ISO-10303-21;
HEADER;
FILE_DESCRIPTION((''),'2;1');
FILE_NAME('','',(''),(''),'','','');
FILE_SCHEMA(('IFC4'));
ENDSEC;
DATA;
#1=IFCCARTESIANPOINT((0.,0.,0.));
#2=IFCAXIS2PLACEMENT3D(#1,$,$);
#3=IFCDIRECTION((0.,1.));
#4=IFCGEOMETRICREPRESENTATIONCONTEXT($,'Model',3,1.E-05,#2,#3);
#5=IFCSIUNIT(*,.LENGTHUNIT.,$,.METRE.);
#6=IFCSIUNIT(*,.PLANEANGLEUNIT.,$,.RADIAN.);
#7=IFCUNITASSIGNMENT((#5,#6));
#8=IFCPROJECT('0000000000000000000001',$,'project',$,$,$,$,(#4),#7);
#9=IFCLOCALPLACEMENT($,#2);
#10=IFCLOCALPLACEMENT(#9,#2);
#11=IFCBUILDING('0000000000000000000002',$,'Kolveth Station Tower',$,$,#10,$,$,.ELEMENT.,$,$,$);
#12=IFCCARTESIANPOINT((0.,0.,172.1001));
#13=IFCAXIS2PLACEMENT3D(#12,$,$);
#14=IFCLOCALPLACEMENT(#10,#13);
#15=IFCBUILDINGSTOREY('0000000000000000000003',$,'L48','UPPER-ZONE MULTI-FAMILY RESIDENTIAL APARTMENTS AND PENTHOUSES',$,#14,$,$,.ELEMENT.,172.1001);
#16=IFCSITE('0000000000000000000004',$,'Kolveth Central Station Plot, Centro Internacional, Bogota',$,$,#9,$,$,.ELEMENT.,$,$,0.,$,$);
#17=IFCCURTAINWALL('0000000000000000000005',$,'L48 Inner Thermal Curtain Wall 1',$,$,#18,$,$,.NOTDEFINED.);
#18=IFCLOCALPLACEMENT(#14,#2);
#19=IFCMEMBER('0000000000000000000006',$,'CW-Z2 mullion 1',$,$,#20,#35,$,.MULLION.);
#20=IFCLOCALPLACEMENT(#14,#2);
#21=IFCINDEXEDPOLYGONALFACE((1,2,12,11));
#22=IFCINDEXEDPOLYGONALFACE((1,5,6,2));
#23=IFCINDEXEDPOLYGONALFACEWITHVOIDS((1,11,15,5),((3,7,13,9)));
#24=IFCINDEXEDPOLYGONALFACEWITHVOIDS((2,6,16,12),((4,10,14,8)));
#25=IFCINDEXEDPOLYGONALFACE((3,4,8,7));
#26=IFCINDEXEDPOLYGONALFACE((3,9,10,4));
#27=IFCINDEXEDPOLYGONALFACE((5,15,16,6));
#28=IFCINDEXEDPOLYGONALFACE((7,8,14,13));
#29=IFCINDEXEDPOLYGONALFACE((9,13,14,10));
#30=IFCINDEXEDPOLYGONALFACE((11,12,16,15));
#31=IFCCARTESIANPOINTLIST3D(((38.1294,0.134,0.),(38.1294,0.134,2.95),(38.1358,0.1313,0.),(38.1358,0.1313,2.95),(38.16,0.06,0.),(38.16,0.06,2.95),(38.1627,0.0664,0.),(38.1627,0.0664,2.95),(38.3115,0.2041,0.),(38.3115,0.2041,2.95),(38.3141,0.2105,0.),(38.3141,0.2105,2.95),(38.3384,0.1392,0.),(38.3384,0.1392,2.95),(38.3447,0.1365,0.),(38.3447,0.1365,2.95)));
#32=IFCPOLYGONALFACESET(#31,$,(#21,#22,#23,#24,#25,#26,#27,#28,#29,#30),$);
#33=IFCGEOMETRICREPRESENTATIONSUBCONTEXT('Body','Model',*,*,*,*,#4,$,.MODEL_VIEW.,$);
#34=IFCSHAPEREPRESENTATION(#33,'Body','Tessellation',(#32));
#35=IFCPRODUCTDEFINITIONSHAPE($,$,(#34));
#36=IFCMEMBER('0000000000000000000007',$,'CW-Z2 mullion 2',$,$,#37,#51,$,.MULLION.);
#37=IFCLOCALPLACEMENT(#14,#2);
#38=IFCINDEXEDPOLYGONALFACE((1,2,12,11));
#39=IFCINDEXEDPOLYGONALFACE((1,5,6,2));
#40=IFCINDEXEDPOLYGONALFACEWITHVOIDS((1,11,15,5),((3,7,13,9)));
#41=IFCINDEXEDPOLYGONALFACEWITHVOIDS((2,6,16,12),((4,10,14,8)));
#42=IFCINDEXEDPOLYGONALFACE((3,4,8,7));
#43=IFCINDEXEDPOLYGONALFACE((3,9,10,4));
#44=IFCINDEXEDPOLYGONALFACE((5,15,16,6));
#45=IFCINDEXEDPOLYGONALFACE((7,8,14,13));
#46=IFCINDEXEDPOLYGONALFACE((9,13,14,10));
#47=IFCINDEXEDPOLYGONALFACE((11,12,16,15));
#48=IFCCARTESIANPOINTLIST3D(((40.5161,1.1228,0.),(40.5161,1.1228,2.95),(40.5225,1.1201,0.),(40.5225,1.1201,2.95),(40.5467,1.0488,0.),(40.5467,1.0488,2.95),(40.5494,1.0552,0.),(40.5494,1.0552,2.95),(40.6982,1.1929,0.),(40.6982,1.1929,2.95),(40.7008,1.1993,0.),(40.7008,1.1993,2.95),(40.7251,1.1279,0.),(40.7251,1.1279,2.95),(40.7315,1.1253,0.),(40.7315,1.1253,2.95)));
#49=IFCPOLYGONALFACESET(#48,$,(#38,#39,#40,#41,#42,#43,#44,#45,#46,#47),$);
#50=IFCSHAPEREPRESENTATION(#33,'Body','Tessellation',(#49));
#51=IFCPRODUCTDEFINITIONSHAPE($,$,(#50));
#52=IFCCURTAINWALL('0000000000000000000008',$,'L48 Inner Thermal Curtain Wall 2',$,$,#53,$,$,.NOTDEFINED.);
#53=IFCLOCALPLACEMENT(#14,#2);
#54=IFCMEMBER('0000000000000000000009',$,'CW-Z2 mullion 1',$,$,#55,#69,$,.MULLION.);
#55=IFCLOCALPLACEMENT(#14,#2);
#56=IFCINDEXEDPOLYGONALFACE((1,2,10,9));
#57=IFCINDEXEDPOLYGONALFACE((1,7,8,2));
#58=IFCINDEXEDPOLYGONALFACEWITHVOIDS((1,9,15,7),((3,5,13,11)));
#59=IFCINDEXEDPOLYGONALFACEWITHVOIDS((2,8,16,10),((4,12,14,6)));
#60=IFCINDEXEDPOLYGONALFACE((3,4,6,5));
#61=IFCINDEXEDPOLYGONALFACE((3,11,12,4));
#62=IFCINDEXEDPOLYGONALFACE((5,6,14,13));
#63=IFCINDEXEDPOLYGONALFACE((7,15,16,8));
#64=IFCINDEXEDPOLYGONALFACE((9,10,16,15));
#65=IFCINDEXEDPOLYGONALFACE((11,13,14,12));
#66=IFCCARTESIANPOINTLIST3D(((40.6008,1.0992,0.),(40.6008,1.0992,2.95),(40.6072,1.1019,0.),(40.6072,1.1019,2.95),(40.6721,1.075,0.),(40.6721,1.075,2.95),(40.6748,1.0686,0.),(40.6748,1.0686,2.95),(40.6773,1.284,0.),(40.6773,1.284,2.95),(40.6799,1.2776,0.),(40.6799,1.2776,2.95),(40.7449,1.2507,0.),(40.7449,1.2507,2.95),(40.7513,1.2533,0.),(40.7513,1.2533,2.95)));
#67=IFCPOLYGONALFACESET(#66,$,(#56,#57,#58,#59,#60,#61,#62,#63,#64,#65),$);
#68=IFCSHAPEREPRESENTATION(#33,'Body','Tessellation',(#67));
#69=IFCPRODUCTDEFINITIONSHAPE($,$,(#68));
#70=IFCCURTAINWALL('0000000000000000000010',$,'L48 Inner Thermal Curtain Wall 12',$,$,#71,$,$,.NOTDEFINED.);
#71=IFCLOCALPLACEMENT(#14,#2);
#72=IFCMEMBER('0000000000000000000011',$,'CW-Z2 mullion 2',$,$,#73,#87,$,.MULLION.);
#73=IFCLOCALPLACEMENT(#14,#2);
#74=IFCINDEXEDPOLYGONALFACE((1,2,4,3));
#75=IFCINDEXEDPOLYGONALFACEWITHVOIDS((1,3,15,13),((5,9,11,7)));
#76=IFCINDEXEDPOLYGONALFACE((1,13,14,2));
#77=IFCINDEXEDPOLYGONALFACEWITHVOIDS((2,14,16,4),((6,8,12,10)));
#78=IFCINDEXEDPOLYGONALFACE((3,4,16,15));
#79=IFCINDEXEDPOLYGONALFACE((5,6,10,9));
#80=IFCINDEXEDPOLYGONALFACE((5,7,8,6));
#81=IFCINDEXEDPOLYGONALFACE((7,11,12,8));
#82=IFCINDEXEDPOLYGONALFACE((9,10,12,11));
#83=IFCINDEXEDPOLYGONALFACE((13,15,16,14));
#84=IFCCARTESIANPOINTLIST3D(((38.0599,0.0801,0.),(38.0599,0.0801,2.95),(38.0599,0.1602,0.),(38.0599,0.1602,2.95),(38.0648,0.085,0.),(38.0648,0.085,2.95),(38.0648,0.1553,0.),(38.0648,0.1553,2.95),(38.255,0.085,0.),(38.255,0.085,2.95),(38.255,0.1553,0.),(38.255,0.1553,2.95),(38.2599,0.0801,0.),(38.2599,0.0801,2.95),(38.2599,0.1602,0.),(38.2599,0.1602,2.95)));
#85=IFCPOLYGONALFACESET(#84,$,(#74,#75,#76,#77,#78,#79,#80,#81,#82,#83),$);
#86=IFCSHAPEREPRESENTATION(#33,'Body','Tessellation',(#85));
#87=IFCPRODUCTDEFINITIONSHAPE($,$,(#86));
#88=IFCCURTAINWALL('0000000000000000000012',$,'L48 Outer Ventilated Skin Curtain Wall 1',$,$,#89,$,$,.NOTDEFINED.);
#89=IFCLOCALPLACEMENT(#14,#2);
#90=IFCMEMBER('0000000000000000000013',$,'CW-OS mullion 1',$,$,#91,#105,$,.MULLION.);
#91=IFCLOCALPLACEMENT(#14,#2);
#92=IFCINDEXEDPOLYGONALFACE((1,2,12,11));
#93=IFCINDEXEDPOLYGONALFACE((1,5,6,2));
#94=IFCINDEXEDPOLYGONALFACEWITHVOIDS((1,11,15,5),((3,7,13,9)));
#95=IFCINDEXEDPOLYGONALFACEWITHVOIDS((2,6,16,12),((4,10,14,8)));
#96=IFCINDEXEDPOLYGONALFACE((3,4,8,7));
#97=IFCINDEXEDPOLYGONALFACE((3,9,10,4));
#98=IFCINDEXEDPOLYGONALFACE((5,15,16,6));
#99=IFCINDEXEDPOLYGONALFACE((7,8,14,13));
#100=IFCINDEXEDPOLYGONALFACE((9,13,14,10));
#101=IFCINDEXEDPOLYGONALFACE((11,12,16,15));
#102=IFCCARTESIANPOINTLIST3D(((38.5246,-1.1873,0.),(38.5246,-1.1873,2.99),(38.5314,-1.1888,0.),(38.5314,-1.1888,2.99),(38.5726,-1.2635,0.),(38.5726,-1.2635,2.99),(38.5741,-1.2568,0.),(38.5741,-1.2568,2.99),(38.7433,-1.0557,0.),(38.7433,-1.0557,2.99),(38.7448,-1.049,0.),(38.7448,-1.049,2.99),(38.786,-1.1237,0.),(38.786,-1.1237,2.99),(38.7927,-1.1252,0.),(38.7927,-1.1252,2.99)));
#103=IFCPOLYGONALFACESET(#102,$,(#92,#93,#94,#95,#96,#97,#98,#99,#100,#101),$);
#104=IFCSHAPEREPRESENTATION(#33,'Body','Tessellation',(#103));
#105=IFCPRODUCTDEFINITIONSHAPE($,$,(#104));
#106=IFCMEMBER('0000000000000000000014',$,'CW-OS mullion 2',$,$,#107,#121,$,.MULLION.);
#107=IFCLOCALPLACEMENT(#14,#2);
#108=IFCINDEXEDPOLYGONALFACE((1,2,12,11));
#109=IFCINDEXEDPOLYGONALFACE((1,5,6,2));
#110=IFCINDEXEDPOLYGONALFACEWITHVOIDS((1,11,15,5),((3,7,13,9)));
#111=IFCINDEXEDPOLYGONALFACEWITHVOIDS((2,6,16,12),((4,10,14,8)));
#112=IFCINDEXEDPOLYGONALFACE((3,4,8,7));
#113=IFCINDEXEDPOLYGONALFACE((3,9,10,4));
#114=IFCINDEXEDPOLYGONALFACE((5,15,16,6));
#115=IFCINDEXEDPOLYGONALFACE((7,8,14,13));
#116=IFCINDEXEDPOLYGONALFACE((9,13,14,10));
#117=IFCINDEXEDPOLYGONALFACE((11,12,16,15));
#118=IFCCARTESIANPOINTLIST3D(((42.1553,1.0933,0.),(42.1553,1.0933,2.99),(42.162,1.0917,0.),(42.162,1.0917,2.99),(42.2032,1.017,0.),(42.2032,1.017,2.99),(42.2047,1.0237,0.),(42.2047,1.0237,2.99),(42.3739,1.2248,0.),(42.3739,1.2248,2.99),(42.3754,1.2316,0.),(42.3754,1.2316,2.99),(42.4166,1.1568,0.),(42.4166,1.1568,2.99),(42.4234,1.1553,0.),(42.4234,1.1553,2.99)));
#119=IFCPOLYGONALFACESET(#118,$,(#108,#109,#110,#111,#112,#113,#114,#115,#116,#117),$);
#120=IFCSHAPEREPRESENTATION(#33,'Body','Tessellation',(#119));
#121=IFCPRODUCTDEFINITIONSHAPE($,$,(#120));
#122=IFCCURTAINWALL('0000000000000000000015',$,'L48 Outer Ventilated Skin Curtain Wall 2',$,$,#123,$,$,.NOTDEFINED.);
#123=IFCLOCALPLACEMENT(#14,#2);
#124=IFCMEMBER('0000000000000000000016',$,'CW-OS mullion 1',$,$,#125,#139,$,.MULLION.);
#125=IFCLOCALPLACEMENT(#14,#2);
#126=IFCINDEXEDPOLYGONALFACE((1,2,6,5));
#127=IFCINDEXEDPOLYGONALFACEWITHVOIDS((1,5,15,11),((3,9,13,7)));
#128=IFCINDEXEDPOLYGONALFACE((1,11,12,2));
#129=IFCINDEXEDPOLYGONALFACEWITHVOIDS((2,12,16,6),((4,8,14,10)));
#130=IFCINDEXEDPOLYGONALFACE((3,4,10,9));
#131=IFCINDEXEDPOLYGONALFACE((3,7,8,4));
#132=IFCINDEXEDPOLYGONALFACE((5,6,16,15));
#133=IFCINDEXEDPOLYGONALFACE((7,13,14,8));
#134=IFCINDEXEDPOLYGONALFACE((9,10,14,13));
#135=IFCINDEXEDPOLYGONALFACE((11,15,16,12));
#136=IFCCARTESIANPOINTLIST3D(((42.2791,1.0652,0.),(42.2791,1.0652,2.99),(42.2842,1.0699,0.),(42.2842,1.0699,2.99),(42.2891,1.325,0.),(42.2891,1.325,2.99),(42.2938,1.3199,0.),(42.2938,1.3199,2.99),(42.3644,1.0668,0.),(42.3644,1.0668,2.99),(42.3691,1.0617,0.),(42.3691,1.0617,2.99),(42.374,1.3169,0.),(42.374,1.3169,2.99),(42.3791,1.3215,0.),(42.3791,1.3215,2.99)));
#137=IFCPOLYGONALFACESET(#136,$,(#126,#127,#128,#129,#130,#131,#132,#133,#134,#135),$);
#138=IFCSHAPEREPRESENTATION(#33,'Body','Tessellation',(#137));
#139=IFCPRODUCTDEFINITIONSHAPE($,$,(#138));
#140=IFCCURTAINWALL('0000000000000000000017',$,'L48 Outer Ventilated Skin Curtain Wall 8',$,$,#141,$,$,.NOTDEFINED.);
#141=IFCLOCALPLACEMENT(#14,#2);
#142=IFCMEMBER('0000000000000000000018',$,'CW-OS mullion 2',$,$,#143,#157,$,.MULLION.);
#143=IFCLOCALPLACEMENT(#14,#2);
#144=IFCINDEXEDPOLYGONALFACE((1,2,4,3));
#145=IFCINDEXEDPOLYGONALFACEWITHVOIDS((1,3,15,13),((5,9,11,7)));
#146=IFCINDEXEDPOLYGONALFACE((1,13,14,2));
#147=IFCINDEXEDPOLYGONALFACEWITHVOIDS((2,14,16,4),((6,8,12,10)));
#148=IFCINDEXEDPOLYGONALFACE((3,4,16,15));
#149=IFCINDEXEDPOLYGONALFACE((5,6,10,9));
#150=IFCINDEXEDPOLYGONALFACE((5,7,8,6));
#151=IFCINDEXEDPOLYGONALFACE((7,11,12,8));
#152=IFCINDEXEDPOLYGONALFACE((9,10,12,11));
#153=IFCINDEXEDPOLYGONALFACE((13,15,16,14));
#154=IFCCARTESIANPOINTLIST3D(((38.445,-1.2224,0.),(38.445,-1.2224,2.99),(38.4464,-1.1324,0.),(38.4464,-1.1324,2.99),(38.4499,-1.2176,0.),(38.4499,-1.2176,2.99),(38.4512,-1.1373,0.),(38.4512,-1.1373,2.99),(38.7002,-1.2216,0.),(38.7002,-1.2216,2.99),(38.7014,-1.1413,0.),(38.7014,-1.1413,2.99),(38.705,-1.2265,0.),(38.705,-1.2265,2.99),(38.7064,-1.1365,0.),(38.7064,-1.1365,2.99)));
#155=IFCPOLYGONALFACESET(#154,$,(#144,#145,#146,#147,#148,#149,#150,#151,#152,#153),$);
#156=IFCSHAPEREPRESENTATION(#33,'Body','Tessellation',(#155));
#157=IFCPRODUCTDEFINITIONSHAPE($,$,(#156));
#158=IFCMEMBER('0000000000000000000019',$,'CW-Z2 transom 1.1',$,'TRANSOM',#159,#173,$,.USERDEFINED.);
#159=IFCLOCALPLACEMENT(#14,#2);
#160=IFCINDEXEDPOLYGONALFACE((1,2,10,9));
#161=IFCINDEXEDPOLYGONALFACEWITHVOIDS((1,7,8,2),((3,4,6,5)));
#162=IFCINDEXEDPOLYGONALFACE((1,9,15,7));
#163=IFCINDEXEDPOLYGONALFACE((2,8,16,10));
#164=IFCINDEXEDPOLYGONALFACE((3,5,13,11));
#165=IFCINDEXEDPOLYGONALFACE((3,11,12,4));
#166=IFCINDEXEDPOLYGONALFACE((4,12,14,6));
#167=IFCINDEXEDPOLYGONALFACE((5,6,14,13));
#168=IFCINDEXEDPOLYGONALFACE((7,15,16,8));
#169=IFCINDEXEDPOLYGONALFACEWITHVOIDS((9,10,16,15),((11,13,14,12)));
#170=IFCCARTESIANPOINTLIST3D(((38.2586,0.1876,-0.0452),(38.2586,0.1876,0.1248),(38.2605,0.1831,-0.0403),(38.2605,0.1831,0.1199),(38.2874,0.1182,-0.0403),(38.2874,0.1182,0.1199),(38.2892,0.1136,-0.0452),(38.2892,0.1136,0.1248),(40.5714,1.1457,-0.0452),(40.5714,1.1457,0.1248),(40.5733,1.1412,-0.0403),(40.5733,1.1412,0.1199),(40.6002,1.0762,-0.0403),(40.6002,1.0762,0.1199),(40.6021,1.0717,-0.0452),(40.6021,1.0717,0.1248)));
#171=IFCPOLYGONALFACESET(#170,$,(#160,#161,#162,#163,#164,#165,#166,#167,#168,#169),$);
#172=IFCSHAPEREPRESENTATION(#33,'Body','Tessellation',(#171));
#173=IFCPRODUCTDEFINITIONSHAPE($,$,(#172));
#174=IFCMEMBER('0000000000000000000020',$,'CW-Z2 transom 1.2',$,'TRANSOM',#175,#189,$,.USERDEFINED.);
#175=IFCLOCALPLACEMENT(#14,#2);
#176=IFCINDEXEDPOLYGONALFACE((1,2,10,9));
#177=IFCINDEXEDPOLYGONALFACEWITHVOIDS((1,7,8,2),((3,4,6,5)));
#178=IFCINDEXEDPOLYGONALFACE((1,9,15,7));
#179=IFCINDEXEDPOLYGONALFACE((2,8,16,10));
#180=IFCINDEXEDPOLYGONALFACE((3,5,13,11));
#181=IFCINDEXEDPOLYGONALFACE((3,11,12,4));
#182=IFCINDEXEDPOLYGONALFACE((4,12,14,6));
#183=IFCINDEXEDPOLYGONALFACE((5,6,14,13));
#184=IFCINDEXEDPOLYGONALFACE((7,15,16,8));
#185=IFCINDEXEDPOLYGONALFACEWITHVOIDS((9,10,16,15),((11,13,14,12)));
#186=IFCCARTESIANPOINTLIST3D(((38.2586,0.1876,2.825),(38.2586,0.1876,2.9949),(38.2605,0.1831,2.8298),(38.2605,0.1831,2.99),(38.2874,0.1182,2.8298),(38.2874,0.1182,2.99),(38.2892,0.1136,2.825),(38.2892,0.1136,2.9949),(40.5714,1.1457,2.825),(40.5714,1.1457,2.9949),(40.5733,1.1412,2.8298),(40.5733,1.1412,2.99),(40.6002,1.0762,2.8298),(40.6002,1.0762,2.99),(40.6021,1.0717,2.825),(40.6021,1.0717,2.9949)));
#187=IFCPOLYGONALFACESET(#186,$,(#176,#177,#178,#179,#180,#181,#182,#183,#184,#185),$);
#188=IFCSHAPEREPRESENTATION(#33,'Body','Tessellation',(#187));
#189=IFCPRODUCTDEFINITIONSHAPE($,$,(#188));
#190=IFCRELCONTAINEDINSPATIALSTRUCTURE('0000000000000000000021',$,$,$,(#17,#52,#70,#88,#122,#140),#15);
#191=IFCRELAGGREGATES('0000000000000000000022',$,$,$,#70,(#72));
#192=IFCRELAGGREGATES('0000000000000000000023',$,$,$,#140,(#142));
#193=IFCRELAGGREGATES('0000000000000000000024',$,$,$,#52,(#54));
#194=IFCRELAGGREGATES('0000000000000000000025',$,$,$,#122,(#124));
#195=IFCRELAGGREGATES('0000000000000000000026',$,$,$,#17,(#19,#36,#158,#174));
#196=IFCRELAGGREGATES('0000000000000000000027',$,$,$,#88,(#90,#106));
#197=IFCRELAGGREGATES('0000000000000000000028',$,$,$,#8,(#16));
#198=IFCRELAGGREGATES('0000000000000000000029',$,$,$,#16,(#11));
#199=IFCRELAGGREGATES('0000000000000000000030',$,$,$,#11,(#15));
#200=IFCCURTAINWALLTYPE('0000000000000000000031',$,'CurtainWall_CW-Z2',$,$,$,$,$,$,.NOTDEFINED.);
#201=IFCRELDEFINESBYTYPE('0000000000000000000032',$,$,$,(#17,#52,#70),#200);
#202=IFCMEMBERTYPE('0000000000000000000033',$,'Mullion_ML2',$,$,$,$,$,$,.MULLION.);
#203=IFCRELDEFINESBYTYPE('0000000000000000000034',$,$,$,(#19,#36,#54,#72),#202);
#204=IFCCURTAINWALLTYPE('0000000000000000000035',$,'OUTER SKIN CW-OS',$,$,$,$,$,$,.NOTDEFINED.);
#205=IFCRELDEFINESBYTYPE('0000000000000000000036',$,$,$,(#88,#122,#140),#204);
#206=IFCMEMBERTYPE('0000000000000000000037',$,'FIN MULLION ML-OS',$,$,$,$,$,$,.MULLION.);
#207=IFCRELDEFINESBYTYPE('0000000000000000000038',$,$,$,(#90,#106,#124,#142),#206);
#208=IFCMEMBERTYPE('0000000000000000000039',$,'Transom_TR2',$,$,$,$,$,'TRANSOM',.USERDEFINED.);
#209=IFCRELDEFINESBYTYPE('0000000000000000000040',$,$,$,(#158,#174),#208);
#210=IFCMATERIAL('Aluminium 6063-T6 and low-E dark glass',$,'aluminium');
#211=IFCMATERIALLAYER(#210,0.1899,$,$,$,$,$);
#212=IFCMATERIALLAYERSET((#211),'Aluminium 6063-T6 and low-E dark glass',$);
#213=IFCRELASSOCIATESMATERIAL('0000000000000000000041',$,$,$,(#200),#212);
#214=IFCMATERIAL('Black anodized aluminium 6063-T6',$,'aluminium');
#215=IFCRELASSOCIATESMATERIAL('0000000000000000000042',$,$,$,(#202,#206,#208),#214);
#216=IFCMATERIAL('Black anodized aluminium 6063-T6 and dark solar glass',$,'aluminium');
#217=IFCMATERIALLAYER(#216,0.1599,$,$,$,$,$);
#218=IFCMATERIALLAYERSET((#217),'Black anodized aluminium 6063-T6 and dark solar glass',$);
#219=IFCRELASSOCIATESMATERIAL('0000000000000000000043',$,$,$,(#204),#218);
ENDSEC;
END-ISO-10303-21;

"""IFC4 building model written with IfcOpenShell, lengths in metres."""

from ifc_helpers import new_model, si_unit, direction, frame, origin, origin_2d, place, context, subcontext, project, spatial, hollow_rectangle, extrude, source, transform, mapped, material, layer, layer_set, material_profile, profile_set, type_object, element, aggregate, save


model = new_model("IFC4")

# Units and contexts
model_context = context("Model", 3, precision=1e-05, world=origin(), true_north=direction((0.0, 1.0)))
body_context = subcontext(model_context, "Body", "Model", "MODEL_VIEW")
ifc_project = project(units=[si_unit("LENGTHUNIT", "METRE"), si_unit("PLANEANGLEUNIT", "RADIAN")], contexts=[model_context])

# Site, building, storey
site_placement = place(None, origin())
site = spatial("IfcSite", under=ifc_project, at=site_placement, Name="Kolveth Central Station Plot, Centro Internacional, Bogota", CompositionType="ELEMENT", RefElevation=0.0)
building_placement = place(site_placement, origin())
building = spatial("IfcBuilding", under=site, at=building_placement, Name="Kolveth Station Tower", CompositionType="ELEMENT")
storey_placement = place(building_placement, frame((0.0, 0.0, 172.1001)))
storey = spatial("IfcBuildingStorey", under=building, at=storey_placement, Name="L48", Description="UPPER-ZONE MULTI-FAMILY RESIDENTIAL APARTMENTS AND PENTHOUSES", CompositionType="ELEMENT", Elevation=172.1001)

# Curtain wall, members
ifc_material_1 = material(Name="Aluminium 6063-T6 and low-E dark glass", Category="aluminium")
ifc_layer_1 = layer(ifc_material_1, 0.1899)
ifc_layer_set_1 = layer_set([ifc_layer_1], Name="Aluminium 6063-T6 and low-E dark glass")
curtain_wall_type_1 = type_object("IfcCurtainWallType", Name="CurtainWall_CW-Z2", PredefinedType="NOTDEFINED", material=ifc_layer_set_1)
curtain_wall_1_placement = place(storey_placement, origin())
curtain_wall_1 = element("IfcCurtainWall", 1, at=curtain_wall_1_placement, inside=storey, type_object=curtain_wall_type_1, Name="L48 Inner Thermal Curtain Wall 1", PredefinedType="NOTDEFINED")
ifc_material_2 = material(Name="Black anodized aluminium 6063-T6", Category="aluminium")
ifc_material_profile_1 = material_profile(ifc_material_2, hollow_rectangle(XDim=0.0801, YDim=0.2, WallThickness=0.0049, at=origin_2d()), Name="ALU-80x200x5")
ifc_profile_set_1 = profile_set([ifc_material_profile_1], Name="Black anodized aluminium 6063-T6")
member_type_1 = type_object("IfcMemberType", Name="Mullion_ML2", PredefinedType="MULLION", material=ifc_profile_set_1)
shared_shape_1 = source(origin(), body_context, "Body", "SweptSolid", [
    extrude(hollow_rectangle(XDim=0.0801, YDim=0.2, WallThickness=0.0049, at=origin_2d()), origin(), (0.0, 0.0, 1.0), 2.95),
])
member_1_placement = place(storey_placement, frame((38.2371, 0.1353, 0.0), z_axis=(0.0, 0.0, 1.0), x_axis=(-0.382698, 0.923874, 0.0)))
member_1 = element("IfcMember", 2, at=member_1_placement, type_object=member_type_1, Name="CW-Z2 mullion 1", PredefinedType="MULLION", context=body_context, shape_type="MappedRepresentation", body=[
    mapped(shared_shape_1, transform((0.0, 0.0, 0.0), x_axis=(1.0, 0.0, 0.0), y_axis=(0.0, 1.0, 0.0), z_axis=(0.0, 0.0, 1.0), scale=1.0)),
])
member_2_placement = place(storey_placement, frame((40.6238, 1.124, 0.0), z_axis=(0.0, 0.0, 1.0), x_axis=(-0.382698, 0.923874, 0.0)))
member_2 = element("IfcMember", 3, at=member_2_placement, type_object=member_type_1, Name="CW-Z2 mullion 2", PredefinedType="MULLION", context=body_context, shape_type="MappedRepresentation", body=[
    mapped(shared_shape_1, transform((0.0, 0.0, 0.0), x_axis=(1.0, 0.0, 0.0), y_axis=(0.0, 1.0, 0.0), z_axis=(0.0, 0.0, 1.0), scale=1.0)),
])

# Curtain walls, members
curtain_wall_2_placement = place(storey_placement, origin())
curtain_wall_2 = element("IfcCurtainWall", 4, at=curtain_wall_2_placement, inside=storey, type_object=curtain_wall_type_1, Name="L48 Inner Thermal Curtain Wall 2", PredefinedType="NOTDEFINED")
member_3_placement = place(storey_placement, frame((40.676, 1.1763, 0.0), z_axis=(0.0, 0.0, 1.0), x_axis=(-0.923874, 0.382698, 0.0)))
member_3 = element("IfcMember", 5, at=member_3_placement, type_object=member_type_1, Name="CW-Z2 mullion 1", PredefinedType="MULLION", context=body_context, shape_type="MappedRepresentation", body=[
    mapped(shared_shape_1, transform((0.0, 0.0, 0.0), x_axis=(1.0, 0.0, 0.0), y_axis=(0.0, 1.0, 0.0), z_axis=(0.0, 0.0, 1.0), scale=1.0)),
])
curtain_wall_3_placement = place(storey_placement, origin())
curtain_wall_3 = element("IfcCurtainWall", 6, at=curtain_wall_3_placement, inside=storey, type_object=curtain_wall_type_1, Name="L48 Inner Thermal Curtain Wall 12", PredefinedType="NOTDEFINED")
member_4_placement = place(storey_placement, frame((38.1599, 0.1201, 0.0), z_axis=(0.0, 0.0, 1.0), x_axis=(0.0, 1.0, 0.0)))
member_4 = element("IfcMember", 7, at=member_4_placement, type_object=member_type_1, Name="CW-Z2 mullion 2", PredefinedType="MULLION", context=body_context, shape_type="MappedRepresentation", body=[
    mapped(shared_shape_1, transform((0.0, 0.0, 0.0), x_axis=(1.0, 0.0, 0.0), y_axis=(0.0, 1.0, 0.0), z_axis=(0.0, 0.0, 1.0), scale=1.0)),
])
aggregate(curtain_wall_3, [member_4])

# Curtain wall, members
ifc_material_3 = material(Name="Black anodized aluminium 6063-T6 and dark solar glass", Category="aluminium")
ifc_layer_2 = layer(ifc_material_3, 0.1599)
ifc_layer_set_2 = layer_set([ifc_layer_2], Name="Black anodized aluminium 6063-T6 and dark solar glass")
curtain_wall_type_2 = type_object("IfcCurtainWallType", Name="OUTER SKIN CW-OS", PredefinedType="NOTDEFINED", material=ifc_layer_set_2)
curtain_wall_4_placement = place(storey_placement, origin())
curtain_wall_4 = element("IfcCurtainWall", 8, at=curtain_wall_4_placement, inside=storey, type_object=curtain_wall_type_2, Name="L48 Outer Ventilated Skin Curtain Wall 1", PredefinedType="NOTDEFINED")
ifc_material_profile_2 = material_profile(ifc_material_2, hollow_rectangle(XDim=0.0901, YDim=0.26, WallThickness=0.0049, at=origin_2d()), Name="ALU-90x260x5")
ifc_profile_set_2 = profile_set([ifc_material_profile_2], Name="Black anodized aluminium 6063-T6")
member_type_2 = type_object("IfcMemberType", Name="FIN MULLION ML-OS", PredefinedType="MULLION", material=ifc_profile_set_2)
shared_shape_2 = source(origin(), body_context, "Body", "SweptSolid", [
    extrude(hollow_rectangle(XDim=0.0901, YDim=0.26, WallThickness=0.0049, at=origin_2d()), origin(), (0.0, 0.0, 1.0), 2.99),
])
member_5_placement = place(storey_placement, frame((38.6587, -1.1562, 0.0), z_axis=(0.0, 0.0, 1.0), x_axis=(-0.531928, 0.84679, 0.0)))
member_5 = element("IfcMember", 9, at=member_5_placement, type_object=member_type_2, Name="CW-OS mullion 1", PredefinedType="MULLION", context=body_context, shape_type="MappedRepresentation", body=[
    mapped(shared_shape_2, transform((0.0, 0.0, 0.0), x_axis=(1.0, 0.0, 0.0), y_axis=(0.0, 1.0, 0.0), z_axis=(0.0, 0.0, 1.0), scale=1.0)),
])
member_6_placement = place(storey_placement, frame((42.2893, 1.1243, 0.0), z_axis=(0.0, 0.0, 1.0), x_axis=(-0.531928, 0.84679, 0.0)))
member_6 = element("IfcMember", 10, at=member_6_placement, type_object=member_type_2, Name="CW-OS mullion 2", PredefinedType="MULLION", context=body_context, shape_type="MappedRepresentation", body=[
    mapped(shared_shape_2, transform((0.0, 0.0, 0.0), x_axis=(1.0, 0.0, 0.0), y_axis=(0.0, 1.0, 0.0), z_axis=(0.0, 0.0, 1.0), scale=1.0)),
])

# Curtain walls, members
curtain_wall_5_placement = place(storey_placement, origin())
curtain_wall_5 = element("IfcCurtainWall", 11, at=curtain_wall_5_placement, inside=storey, type_object=curtain_wall_type_2, Name="L48 Outer Ventilated Skin Curtain Wall 2", PredefinedType="NOTDEFINED")
member_7_placement = place(storey_placement, frame((42.3291, 1.1934, 0.0), z_axis=(0.0, 0.0, 1.0), x_axis=(-0.999267, 0.038293, 0.0)))
member_7 = element("IfcMember", 12, at=member_7_placement, type_object=member_type_2, Name="CW-OS mullion 1", PredefinedType="MULLION", context=body_context, shape_type="MappedRepresentation", body=[
    mapped(shared_shape_2, transform((0.0, 0.0, 0.0), x_axis=(1.0, 0.0, 0.0), y_axis=(0.0, 1.0, 0.0), z_axis=(0.0, 0.0, 1.0), scale=1.0)),
])
curtain_wall_6_placement = place(storey_placement, origin())
curtain_wall_6 = element("IfcCurtainWall", 13, at=curtain_wall_6_placement, inside=storey, type_object=curtain_wall_type_2, Name="L48 Outer Ventilated Skin Curtain Wall 8", PredefinedType="NOTDEFINED")
member_8_placement = place(storey_placement, frame((38.5757, -1.1794, 0.0), z_axis=(0.0, 0.0, 1.0), x_axis=(0.015799, 0.999875, 0.0)))
member_8 = element("IfcMember", 14, at=member_8_placement, type_object=member_type_2, Name="CW-OS mullion 2", PredefinedType="MULLION", context=body_context, shape_type="MappedRepresentation", body=[
    mapped(shared_shape_2, transform((0.0, 0.0, 0.0), x_axis=(1.0, 0.0, 0.0), y_axis=(0.0, 1.0, 0.0), z_axis=(0.0, 0.0, 1.0), scale=1.0)),
])
aggregate(curtain_wall_6, [member_8])

# Members
ifc_material_profile_3 = material_profile(ifc_material_2, hollow_rectangle(XDim=0.0801, YDim=0.1699, WallThickness=0.0049, at=origin_2d()), Name="ALU-80x170x5")
ifc_profile_set_3 = profile_set([ifc_material_profile_3], Name="Black anodized aluminium 6063-T6")
member_type_3 = type_object("IfcMemberType", Name="Transom_TR2", ElementType="TRANSOM", PredefinedType="USERDEFINED", material=ifc_profile_set_3)
shared_shape_3 = source(origin(), body_context, "Body", "SweptSolid", [
    extrude(hollow_rectangle(XDim=0.0801, YDim=0.1699, WallThickness=0.0049, at=origin_2d()), origin(), (0.0, 0.0, 1.0), 2.5034),
])
member_9_placement = place(storey_placement, frame((38.2739, 0.1506, 0.0398), z_axis=(0.923874, 0.382696, 0.0), x_axis=(-0.382696, 0.923874, 0.0)))
member_9 = element("IfcMember", 15, at=member_9_placement, type_object=member_type_3, Name="CW-Z2 transom 1.1", ObjectType="TRANSOM", PredefinedType="USERDEFINED", context=body_context, shape_type="MappedRepresentation", body=[
    mapped(shared_shape_3, transform((0.0, 0.0, 0.0), x_axis=(1.0, 0.0, 0.0), y_axis=(0.0, 1.0, 0.0), z_axis=(0.0, 0.0, 1.0), scale=1.0)),
])
member_10_placement = place(storey_placement, frame((38.2739, 0.1506, 2.9099), z_axis=(0.923874, 0.382696, 0.0), x_axis=(-0.382696, 0.923874, 0.0)))
member_10 = element("IfcMember", 16, at=member_10_placement, type_object=member_type_3, Name="CW-Z2 transom 1.2", ObjectType="TRANSOM", PredefinedType="USERDEFINED", context=body_context, shape_type="MappedRepresentation", body=[
    mapped(shared_shape_3, transform((0.0, 0.0, 0.0), x_axis=(1.0, 0.0, 0.0), y_axis=(0.0, 1.0, 0.0), z_axis=(0.0, 0.0, 1.0), scale=1.0)),
])
aggregate(curtain_wall_2, [member_3])
aggregate(curtain_wall_5, [member_7])

aggregate(curtain_wall_1, [member_1, member_2, member_9, member_10])
aggregate(curtain_wall_4, [member_5, member_6])

save(model, "model.ifc")
